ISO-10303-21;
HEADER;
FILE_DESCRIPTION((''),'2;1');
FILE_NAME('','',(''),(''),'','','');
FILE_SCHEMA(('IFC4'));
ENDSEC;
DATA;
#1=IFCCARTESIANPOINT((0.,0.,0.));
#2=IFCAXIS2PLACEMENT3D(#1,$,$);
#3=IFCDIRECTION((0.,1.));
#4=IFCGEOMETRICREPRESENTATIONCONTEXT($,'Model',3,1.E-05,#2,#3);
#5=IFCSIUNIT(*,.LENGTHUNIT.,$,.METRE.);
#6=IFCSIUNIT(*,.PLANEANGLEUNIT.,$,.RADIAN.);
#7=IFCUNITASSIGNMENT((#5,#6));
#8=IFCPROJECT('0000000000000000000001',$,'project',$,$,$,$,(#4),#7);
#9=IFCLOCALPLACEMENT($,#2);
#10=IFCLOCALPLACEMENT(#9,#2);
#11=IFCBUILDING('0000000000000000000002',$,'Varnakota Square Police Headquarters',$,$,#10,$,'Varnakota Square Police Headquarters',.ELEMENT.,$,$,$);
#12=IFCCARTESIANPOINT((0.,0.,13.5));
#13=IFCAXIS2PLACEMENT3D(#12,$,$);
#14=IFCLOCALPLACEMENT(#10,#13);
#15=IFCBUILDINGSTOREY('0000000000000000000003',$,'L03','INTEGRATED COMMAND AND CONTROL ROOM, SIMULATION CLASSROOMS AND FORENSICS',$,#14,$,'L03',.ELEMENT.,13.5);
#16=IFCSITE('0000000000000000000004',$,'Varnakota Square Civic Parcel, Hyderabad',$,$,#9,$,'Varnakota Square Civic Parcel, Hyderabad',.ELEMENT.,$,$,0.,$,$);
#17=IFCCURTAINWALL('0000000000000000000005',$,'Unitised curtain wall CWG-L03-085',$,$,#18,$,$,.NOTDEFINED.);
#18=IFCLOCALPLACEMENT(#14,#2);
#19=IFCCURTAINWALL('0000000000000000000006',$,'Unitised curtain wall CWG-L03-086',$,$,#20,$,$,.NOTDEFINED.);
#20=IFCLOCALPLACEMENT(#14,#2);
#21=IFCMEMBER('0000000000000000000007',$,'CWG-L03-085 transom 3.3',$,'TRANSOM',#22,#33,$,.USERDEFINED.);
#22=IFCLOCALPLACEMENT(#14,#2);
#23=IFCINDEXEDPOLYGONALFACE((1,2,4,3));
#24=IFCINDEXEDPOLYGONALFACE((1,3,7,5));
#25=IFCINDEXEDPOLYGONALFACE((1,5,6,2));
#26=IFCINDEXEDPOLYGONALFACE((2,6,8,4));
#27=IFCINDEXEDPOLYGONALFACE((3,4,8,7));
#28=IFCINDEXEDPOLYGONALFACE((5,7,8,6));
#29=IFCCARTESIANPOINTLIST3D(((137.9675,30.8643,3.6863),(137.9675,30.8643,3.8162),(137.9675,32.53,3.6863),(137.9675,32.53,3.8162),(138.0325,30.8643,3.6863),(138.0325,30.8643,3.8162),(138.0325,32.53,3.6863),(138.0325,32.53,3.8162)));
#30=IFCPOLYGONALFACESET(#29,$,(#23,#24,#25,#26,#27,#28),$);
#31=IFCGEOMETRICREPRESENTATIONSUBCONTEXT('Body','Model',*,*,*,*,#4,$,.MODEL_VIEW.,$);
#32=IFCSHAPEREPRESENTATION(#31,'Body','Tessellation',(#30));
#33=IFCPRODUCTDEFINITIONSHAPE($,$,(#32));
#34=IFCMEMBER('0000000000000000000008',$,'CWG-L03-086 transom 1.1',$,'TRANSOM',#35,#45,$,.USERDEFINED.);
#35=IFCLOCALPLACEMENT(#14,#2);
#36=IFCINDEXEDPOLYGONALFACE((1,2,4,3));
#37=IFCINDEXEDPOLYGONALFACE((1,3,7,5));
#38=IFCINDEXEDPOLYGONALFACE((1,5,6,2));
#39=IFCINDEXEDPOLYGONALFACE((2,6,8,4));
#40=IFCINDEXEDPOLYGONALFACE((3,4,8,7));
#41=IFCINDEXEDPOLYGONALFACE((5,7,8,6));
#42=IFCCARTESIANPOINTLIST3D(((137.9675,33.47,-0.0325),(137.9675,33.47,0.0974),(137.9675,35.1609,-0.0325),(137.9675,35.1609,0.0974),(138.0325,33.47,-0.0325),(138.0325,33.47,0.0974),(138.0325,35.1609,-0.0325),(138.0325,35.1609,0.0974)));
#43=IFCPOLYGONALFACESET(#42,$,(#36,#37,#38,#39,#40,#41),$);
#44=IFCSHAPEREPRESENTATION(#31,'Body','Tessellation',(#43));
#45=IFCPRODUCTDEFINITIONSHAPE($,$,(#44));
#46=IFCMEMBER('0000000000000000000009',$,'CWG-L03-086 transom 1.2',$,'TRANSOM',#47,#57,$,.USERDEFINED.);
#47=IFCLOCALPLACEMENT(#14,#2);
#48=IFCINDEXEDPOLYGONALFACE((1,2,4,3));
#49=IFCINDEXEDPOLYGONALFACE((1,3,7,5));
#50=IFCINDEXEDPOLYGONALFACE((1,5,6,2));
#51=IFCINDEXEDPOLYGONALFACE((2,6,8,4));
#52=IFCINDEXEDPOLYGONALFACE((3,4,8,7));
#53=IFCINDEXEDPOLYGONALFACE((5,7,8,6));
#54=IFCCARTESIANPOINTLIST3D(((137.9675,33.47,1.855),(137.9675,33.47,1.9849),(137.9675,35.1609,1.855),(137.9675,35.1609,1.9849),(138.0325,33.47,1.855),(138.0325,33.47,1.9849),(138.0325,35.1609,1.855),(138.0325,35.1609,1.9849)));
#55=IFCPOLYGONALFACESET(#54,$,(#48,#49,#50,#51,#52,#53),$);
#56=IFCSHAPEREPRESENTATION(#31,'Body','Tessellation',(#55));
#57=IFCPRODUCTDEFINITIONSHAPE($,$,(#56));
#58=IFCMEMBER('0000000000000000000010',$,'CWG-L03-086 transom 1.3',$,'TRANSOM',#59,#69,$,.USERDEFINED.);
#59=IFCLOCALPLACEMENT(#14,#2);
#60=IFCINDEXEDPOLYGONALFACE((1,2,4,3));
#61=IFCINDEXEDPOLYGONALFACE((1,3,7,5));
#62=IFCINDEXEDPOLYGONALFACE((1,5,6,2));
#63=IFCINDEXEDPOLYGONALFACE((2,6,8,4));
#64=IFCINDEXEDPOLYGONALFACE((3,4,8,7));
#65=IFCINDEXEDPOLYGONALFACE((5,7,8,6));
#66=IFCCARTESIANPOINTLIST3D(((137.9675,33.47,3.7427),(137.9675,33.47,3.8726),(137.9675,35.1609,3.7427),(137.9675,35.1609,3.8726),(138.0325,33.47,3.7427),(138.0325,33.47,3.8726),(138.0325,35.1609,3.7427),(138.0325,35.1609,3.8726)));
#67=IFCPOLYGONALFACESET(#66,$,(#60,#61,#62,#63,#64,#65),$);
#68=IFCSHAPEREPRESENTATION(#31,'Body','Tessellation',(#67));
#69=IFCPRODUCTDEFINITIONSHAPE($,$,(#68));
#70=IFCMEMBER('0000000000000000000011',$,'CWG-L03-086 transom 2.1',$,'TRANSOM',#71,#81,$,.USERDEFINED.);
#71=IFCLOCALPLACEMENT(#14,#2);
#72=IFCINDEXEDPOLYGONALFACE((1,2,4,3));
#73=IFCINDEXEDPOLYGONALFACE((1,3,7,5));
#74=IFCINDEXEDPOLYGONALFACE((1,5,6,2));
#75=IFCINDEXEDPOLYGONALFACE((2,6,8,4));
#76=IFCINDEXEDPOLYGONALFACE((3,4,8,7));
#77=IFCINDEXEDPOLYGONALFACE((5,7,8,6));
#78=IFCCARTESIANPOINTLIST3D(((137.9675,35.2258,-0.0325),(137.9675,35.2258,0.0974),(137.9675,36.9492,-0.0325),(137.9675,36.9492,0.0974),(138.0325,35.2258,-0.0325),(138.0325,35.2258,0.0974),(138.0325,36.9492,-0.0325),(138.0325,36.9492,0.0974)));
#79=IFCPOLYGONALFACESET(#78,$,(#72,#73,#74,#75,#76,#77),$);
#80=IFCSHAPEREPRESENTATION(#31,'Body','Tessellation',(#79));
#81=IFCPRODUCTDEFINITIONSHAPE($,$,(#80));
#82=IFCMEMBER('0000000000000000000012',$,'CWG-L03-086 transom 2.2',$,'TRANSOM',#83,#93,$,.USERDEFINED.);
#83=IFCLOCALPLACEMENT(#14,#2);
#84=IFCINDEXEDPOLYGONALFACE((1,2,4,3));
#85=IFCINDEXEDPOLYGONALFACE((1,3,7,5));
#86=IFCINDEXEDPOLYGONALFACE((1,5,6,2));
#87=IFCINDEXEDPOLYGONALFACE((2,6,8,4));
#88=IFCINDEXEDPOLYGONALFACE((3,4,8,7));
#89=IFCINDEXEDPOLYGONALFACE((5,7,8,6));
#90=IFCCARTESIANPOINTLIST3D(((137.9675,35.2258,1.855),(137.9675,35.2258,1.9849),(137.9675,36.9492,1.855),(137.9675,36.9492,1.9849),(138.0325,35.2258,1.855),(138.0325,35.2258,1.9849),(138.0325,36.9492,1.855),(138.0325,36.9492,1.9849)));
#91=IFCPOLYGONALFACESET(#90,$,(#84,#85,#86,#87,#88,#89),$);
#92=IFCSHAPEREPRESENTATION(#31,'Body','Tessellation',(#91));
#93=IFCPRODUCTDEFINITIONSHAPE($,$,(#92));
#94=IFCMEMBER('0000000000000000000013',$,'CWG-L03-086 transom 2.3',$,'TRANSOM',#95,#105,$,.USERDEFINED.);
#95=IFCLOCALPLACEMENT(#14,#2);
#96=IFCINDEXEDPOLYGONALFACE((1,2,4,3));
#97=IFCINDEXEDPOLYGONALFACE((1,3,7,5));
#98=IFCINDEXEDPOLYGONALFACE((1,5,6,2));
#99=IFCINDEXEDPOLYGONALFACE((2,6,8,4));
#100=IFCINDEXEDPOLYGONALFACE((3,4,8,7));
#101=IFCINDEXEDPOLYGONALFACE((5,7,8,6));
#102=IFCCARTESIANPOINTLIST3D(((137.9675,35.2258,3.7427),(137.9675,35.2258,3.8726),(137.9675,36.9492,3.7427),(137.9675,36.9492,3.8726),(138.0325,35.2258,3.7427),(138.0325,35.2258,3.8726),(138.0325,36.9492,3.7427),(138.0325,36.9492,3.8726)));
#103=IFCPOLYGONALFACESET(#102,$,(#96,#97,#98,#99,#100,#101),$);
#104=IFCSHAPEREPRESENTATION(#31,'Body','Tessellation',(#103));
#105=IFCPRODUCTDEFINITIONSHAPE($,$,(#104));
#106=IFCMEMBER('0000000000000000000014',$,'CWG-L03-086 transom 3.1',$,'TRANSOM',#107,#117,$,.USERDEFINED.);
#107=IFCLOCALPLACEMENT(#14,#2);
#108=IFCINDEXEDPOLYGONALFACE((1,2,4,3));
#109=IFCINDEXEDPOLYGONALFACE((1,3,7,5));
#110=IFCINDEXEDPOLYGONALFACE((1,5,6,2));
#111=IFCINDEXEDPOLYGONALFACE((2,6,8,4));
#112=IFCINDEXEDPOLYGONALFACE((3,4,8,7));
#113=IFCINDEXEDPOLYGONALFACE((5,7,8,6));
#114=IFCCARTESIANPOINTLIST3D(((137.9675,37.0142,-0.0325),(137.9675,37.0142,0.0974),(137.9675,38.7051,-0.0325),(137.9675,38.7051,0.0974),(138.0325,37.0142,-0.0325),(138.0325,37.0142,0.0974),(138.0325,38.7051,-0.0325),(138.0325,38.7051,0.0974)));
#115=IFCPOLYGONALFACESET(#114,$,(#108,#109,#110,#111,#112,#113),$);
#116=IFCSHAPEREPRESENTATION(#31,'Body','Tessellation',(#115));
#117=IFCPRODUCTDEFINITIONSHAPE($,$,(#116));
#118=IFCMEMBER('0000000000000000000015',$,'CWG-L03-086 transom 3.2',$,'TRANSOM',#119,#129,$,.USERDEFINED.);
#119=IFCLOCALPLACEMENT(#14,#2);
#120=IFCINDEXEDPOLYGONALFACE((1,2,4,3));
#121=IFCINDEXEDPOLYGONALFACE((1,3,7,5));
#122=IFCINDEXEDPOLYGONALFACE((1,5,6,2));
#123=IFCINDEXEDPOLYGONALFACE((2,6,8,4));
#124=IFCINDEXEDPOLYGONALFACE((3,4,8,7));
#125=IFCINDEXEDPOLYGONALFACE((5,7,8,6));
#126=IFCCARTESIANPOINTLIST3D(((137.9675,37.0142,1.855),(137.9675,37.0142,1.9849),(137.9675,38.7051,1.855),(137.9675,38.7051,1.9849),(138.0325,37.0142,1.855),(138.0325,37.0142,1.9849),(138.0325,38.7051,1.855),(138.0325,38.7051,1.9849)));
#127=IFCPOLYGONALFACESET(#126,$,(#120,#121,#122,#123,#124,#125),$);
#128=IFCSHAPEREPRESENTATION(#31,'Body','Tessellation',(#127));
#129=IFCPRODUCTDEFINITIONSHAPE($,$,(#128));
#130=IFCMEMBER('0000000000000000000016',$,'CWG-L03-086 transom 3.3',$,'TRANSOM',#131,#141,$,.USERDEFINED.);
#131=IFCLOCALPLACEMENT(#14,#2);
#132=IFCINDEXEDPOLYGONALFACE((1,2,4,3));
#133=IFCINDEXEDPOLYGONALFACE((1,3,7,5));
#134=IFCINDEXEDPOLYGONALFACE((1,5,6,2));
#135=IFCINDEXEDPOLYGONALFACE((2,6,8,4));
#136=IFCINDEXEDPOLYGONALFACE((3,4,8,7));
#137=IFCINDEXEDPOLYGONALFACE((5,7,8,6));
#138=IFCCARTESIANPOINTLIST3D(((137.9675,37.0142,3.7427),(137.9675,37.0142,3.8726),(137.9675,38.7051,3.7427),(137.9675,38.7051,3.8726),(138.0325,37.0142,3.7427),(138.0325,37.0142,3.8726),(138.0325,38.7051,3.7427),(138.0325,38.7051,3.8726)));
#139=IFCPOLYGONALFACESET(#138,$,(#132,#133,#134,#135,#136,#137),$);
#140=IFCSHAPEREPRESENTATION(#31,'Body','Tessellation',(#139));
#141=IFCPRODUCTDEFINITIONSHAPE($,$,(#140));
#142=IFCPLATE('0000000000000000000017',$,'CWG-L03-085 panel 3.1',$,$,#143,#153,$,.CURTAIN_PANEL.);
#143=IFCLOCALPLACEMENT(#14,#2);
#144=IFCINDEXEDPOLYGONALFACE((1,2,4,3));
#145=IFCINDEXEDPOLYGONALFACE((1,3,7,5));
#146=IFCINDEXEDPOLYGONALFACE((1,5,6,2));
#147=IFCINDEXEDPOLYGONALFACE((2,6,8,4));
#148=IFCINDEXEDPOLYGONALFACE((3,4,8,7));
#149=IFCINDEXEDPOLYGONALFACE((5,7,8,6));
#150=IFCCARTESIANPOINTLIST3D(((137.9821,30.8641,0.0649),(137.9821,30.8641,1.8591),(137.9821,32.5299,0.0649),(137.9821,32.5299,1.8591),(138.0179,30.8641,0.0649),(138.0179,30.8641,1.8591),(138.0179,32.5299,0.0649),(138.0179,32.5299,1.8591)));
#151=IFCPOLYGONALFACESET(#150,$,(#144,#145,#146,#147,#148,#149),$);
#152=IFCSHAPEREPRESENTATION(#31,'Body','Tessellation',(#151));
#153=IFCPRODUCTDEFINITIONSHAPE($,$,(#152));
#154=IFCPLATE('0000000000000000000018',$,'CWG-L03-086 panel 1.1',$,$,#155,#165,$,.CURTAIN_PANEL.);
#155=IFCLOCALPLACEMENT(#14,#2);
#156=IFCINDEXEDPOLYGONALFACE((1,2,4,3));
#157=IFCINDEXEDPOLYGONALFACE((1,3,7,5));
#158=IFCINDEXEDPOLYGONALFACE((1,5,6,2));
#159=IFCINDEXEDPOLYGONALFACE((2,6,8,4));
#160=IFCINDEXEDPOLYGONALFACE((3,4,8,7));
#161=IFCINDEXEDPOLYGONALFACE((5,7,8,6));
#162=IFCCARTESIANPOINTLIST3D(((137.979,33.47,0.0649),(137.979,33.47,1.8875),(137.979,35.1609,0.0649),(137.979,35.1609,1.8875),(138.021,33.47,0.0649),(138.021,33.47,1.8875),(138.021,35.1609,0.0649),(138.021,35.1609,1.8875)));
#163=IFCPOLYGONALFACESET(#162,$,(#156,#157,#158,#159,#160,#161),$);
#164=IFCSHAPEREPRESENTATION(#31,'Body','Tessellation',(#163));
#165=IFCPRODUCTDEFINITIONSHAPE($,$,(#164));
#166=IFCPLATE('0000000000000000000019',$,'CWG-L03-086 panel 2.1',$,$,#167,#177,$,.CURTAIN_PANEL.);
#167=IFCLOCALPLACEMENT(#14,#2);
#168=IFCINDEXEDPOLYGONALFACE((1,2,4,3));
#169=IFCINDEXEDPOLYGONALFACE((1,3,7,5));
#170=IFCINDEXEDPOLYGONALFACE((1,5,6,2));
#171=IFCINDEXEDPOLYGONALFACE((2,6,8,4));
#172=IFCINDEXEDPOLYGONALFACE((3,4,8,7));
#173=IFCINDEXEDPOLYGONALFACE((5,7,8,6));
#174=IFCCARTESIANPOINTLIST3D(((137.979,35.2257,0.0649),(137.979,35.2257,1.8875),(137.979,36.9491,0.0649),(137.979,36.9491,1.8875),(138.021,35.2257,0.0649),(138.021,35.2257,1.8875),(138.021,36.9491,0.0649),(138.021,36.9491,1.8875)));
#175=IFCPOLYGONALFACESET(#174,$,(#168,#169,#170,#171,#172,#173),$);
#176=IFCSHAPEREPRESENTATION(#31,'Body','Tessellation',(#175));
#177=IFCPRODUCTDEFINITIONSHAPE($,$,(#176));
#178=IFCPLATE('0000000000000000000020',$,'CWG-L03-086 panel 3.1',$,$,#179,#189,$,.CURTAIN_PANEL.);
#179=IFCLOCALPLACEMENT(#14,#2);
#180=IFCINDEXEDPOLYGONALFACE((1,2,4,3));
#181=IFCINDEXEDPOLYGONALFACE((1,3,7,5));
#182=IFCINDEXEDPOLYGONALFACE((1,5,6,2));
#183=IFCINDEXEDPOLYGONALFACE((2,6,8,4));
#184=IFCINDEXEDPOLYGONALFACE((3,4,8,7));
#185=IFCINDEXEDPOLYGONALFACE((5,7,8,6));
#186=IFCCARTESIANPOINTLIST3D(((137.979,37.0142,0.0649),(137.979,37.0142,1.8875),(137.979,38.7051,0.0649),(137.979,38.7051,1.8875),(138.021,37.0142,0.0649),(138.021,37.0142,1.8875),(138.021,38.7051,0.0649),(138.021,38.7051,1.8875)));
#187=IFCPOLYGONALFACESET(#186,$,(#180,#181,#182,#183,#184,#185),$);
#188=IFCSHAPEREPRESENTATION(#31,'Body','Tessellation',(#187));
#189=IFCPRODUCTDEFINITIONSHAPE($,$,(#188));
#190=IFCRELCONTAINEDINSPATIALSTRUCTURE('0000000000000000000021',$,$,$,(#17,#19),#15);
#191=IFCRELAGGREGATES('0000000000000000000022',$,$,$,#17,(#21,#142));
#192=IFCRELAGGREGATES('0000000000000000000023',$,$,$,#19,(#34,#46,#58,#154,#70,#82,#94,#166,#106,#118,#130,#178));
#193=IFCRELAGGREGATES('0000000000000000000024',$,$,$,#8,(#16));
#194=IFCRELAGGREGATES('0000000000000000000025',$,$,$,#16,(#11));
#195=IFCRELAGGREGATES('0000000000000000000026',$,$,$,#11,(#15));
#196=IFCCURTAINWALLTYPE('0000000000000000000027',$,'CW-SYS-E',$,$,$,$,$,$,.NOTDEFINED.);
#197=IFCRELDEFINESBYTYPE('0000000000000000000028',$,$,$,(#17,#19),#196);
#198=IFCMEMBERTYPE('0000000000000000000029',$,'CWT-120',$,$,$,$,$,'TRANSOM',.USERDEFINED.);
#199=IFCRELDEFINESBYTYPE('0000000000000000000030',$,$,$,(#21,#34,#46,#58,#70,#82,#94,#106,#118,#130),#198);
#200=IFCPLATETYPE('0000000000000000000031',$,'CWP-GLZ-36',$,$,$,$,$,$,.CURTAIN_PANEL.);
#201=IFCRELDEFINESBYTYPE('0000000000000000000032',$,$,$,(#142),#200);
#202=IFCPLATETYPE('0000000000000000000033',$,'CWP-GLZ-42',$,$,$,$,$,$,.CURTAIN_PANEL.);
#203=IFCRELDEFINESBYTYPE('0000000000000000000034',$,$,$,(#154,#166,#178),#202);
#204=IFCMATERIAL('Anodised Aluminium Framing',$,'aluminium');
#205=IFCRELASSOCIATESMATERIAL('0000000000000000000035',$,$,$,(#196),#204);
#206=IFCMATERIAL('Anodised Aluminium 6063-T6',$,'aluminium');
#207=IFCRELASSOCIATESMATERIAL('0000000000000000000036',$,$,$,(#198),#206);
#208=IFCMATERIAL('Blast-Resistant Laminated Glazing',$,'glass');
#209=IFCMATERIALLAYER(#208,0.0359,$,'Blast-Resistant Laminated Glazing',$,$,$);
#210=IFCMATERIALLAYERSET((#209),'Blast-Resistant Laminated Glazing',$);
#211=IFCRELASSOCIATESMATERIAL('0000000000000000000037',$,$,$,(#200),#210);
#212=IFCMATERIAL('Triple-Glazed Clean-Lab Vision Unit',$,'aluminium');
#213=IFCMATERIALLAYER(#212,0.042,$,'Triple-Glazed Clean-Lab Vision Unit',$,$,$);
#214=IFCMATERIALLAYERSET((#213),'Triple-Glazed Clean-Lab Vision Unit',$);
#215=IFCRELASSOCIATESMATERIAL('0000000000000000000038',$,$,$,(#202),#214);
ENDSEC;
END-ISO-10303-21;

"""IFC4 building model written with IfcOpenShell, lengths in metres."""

from ifc_helpers import new_model, si_unit, direction, frame, origin, origin_2d, place, context, subcontext, project, spatial, rectangle, extrude, material, layer, layer_set, material_profile, profile_set, type_object, element, aggregate, save


model = new_model("IFC4")

# Units and contexts
model_context = context("Model", 3, precision=1e-05, world=origin(), true_north=direction((0.0, 1.0)))
body_context = subcontext(model_context, "Body", "Model", "MODEL_VIEW")
ifc_project = project(units=[si_unit("LENGTHUNIT", "METRE"), si_unit("PLANEANGLEUNIT", "RADIAN")], contexts=[model_context])

# Site, building, storey
site_placement = place(None, origin())
site = spatial("IfcSite", under=ifc_project, at=site_placement, Name="Varnakota Square Civic Parcel, Hyderabad", LongName="Varnakota Square Civic Parcel, Hyderabad", CompositionType="ELEMENT", RefElevation=0.0)
building_placement = place(site_placement, origin())
building = spatial("IfcBuilding", under=site, at=building_placement, Name="Varnakota Square Police Headquarters", LongName="Varnakota Square Police Headquarters", CompositionType="ELEMENT")
storey_placement = place(building_placement, frame((0.0, 0.0, 13.5)))
storey = spatial("IfcBuildingStorey", under=building, at=storey_placement, Name="L03", Description="INTEGRATED COMMAND AND CONTROL ROOM, SIMULATION CLASSROOMS AND FORENSICS", LongName="L03", CompositionType="ELEMENT", Elevation=13.5)

# Curtain wall
ifc_material_1 = material(Name="Anodised Aluminium Framing", Category="aluminium")
curtain_wall_type = type_object("IfcCurtainWallType", Name="CW-SYS-E", PredefinedType="NOTDEFINED", material=ifc_material_1)
curtain_wall_1_placement = place(storey_placement, origin())
curtain_wall_1 = element("IfcCurtainWall", 1, at=curtain_wall_1_placement, inside=storey, type_object=curtain_wall_type, Name="Unitised curtain wall CWG-L03-085", PredefinedType="NOTDEFINED")
ifc_material_2 = material(Name="Anodised Aluminium 6063-T6", Category="aluminium")

# Curtain wall
curtain_wall_2_placement = place(storey_placement, origin())
curtain_wall_2 = element("IfcCurtainWall", 2, at=curtain_wall_2_placement, inside=storey, type_object=curtain_wall_type, Name="Unitised curtain wall CWG-L03-086", PredefinedType="NOTDEFINED")

# Members
ifc_material_profile_1 = material_profile(ifc_material_2, rectangle(XDim=0.0649, YDim=0.1299, at=origin_2d()), Name="ALU TRANSOM 65x130")
ifc_profile_set_1 = profile_set([ifc_material_profile_1], Name="Anodised Aluminium 6063-T6")
member_type_1 = type_object("IfcMemberType", Name="CWT-120", ElementType="TRANSOM", PredefinedType="USERDEFINED", material=ifc_profile_set_1)
member_1_placement = place(storey_placement, frame((138.0, 30.8643, 3.7512), z_axis=(0.0, 1.0, 0.0), x_axis=(-1.0, 0.0, 0.0)))
member_1 = element("IfcMember", 3, at=member_1_placement, type_object=member_type_1, Name="CWG-L03-085 transom 3.3", ObjectType="TRANSOM", PredefinedType="USERDEFINED", context=body_context, shape_type="SweptSolid", body=[
    extrude(rectangle(XDim=0.0649, YDim=0.1299, at=origin_2d()), origin(), (0.0, 0.0, 1.0), 1.6658),
])
member_2_placement = place(storey_placement, frame((138.0, 33.47, 0.0325), z_axis=(0.0, 1.0, 0.0), x_axis=(-1.0, 0.0, 0.0)))
member_2 = element("IfcMember", 4, at=member_2_placement, type_object=member_type_1, Name="CWG-L03-086 transom 1.1", ObjectType="TRANSOM", PredefinedType="USERDEFINED", context=body_context, shape_type="SweptSolid", body=[
    extrude(rectangle(XDim=0.0649, YDim=0.1299, at=origin_2d()), origin(), (0.0, 0.0, 1.0), 1.6909),
])
member_3_placement = place(storey_placement, frame((138.0, 33.47, 1.9199), z_axis=(0.0, 1.0, 0.0), x_axis=(-1.0, 0.0, 0.0)))
member_3 = element("IfcMember", 5, at=member_3_placement, type_object=member_type_1, Name="CWG-L03-086 transom 1.2", ObjectType="TRANSOM", PredefinedType="USERDEFINED", context=body_context, shape_type="SweptSolid", body=[
    extrude(rectangle(XDim=0.0649, YDim=0.1299, at=origin_2d()), origin(), (0.0, 0.0, 1.0), 1.6909),
])
member_4_placement = place(storey_placement, frame((138.0, 33.47, 3.8076), z_axis=(0.0, 1.0, 0.0), x_axis=(-1.0, 0.0, 0.0)))
member_4 = element("IfcMember", 6, at=member_4_placement, type_object=member_type_1, Name="CWG-L03-086 transom 1.3", ObjectType="TRANSOM", PredefinedType="USERDEFINED", context=body_context, shape_type="SweptSolid", body=[
    extrude(rectangle(XDim=0.0649, YDim=0.1299, at=origin_2d()), origin(), (0.0, 0.0, 1.0), 1.6909),
])
member_5_placement = place(storey_placement, frame((138.0, 35.2258, 0.0325), z_axis=(0.0, 1.0, 0.0), x_axis=(-1.0, 0.0, 0.0)))
member_5 = element("IfcMember", 7, at=member_5_placement, type_object=member_type_1, Name="CWG-L03-086 transom 2.1", ObjectType="TRANSOM", PredefinedType="USERDEFINED", context=body_context, shape_type="SweptSolid", body=[
    extrude(rectangle(XDim=0.0649, YDim=0.1299, at=origin_2d()), origin(), (0.0, 0.0, 1.0), 1.7234),
])
member_6_placement = place(storey_placement, frame((138.0, 35.2258, 1.9199), z_axis=(0.0, 1.0, 0.0), x_axis=(-1.0, 0.0, 0.0)))
member_6 = element("IfcMember", 8, at=member_6_placement, type_object=member_type_1, Name="CWG-L03-086 transom 2.2", ObjectType="TRANSOM", PredefinedType="USERDEFINED", context=body_context, shape_type="SweptSolid", body=[
    extrude(rectangle(XDim=0.0649, YDim=0.1299, at=origin_2d()), origin(), (0.0, 0.0, 1.0), 1.7234),
])
member_7_placement = place(storey_placement, frame((138.0, 35.2258, 3.8076), z_axis=(0.0, 1.0, 0.0), x_axis=(-1.0, 0.0, 0.0)))
member_7 = element("IfcMember", 9, at=member_7_placement, type_object=member_type_1, Name="CWG-L03-086 transom 2.3", ObjectType="TRANSOM", PredefinedType="USERDEFINED", context=body_context, shape_type="SweptSolid", body=[
    extrude(rectangle(XDim=0.0649, YDim=0.1299, at=origin_2d()), origin(), (0.0, 0.0, 1.0), 1.7234),
])
member_8_placement = place(storey_placement, frame((138.0, 37.0142, 0.0325), z_axis=(0.0, 1.0, 0.0), x_axis=(-1.0, 0.0, 0.0)))
member_8 = element("IfcMember", 10, at=member_8_placement, type_object=member_type_1, Name="CWG-L03-086 transom 3.1", ObjectType="TRANSOM", PredefinedType="USERDEFINED", context=body_context, shape_type="SweptSolid", body=[
    extrude(rectangle(XDim=0.0649, YDim=0.1299, at=origin_2d()), origin(), (0.0, 0.0, 1.0), 1.6909),
])
member_9_placement = place(storey_placement, frame((138.0, 37.0142, 1.9199), z_axis=(0.0, 1.0, 0.0), x_axis=(-1.0, 0.0, 0.0)))
member_9 = element("IfcMember", 11, at=member_9_placement, type_object=member_type_1, Name="CWG-L03-086 transom 3.2", ObjectType="TRANSOM", PredefinedType="USERDEFINED", context=body_context, shape_type="SweptSolid", body=[
    extrude(rectangle(XDim=0.0649, YDim=0.1299, at=origin_2d()), origin(), (0.0, 0.0, 1.0), 1.6909),
])
member_10_placement = place(storey_placement, frame((138.0, 37.0142, 3.8076), z_axis=(0.0, 1.0, 0.0), x_axis=(-1.0, 0.0, 0.0)))
member_10 = element("IfcMember", 12, at=member_10_placement, type_object=member_type_1, Name="CWG-L03-086 transom 3.3", ObjectType="TRANSOM", PredefinedType="USERDEFINED", context=body_context, shape_type="SweptSolid", body=[
    extrude(rectangle(XDim=0.0649, YDim=0.1299, at=origin_2d()), origin(), (0.0, 0.0, 1.0), 1.6909),
])

# Plates
ifc_material_3 = material(Name="Blast-Resistant Laminated Glazing", Category="glass")
ifc_layer_1 = layer(ifc_material_3, 0.0359, Name="Blast-Resistant Laminated Glazing")
ifc_layer_set_1 = layer_set([ifc_layer_1], Name="Blast-Resistant Laminated Glazing")
plate_type_1 = type_object("IfcPlateType", Name="CWP-GLZ-36", PredefinedType="CURTAIN_PANEL", material=ifc_layer_set_1)
plate_1_placement = place(storey_placement, frame((138.0, 31.697, 0.0649), z_axis=(0.0, 0.0, 1.0), x_axis=(0.0, 1.0, 0.0)))
plate_1 = element("IfcPlate", 13, at=plate_1_placement, type_object=plate_type_1, Name="CWG-L03-085 panel 3.1", PredefinedType="CURTAIN_PANEL", context=body_context, shape_type="SweptSolid", body=[
    extrude(rectangle(XDim=1.6658, YDim=0.0359, at=origin_2d()), origin(), (0.0, 0.0, 1.0), 1.7942),
])
ifc_material_4 = material(Name="Triple-Glazed Clean-Lab Vision Unit", Category="aluminium")
ifc_layer_2 = layer(ifc_material_4, 0.042, Name="Triple-Glazed Clean-Lab Vision Unit")
ifc_layer_set_2 = layer_set([ifc_layer_2], Name="Triple-Glazed Clean-Lab Vision Unit")
plate_type_2 = type_object("IfcPlateType", Name="CWP-GLZ-42", PredefinedType="CURTAIN_PANEL", material=ifc_layer_set_2)
plate_2_placement = place(storey_placement, frame((138.0, 34.3154, 0.0649), z_axis=(0.0, 0.0, 1.0), x_axis=(0.0, 1.0, 0.0)))
plate_2 = element("IfcPlate", 14, at=plate_2_placement, type_object=plate_type_2, Name="CWG-L03-086 panel 1.1", PredefinedType="CURTAIN_PANEL", context=body_context, shape_type="SweptSolid", body=[
    extrude(rectangle(XDim=1.6909, YDim=0.042, at=origin_2d()), origin(), (0.0, 0.0, 1.0), 1.8225),
])
plate_3_placement = place(storey_placement, frame((138.0, 36.0874, 0.0649), z_axis=(0.0, 0.0, 1.0), x_axis=(0.0, 1.0, 0.0)))
plate_3 = element("IfcPlate", 15, at=plate_3_placement, type_object=plate_type_2, Name="CWG-L03-086 panel 2.1", PredefinedType="CURTAIN_PANEL", context=body_context, shape_type="SweptSolid", body=[
    extrude(rectangle(XDim=1.7234, YDim=0.042, at=origin_2d()), origin(), (0.0, 0.0, 1.0), 1.8225),
])
plate_4_placement = place(storey_placement, frame((138.0, 37.8596, 0.0649), z_axis=(0.0, 0.0, 1.0), x_axis=(0.0, 1.0, 0.0)))
plate_4 = element("IfcPlate", 16, at=plate_4_placement, type_object=plate_type_2, Name="CWG-L03-086 panel 3.1", PredefinedType="CURTAIN_PANEL", context=body_context, shape_type="SweptSolid", body=[
    extrude(rectangle(XDim=1.6909, YDim=0.042, at=origin_2d()), origin(), (0.0, 0.0, 1.0), 1.8225),
])
aggregate(curtain_wall_1, [member_1, plate_1])
aggregate(curtain_wall_2, [member_2, member_3, member_4, plate_2, member_5, member_6, member_7, plate_3, member_8, member_9, member_10, plate_4])

save(model, "model.ifc")
